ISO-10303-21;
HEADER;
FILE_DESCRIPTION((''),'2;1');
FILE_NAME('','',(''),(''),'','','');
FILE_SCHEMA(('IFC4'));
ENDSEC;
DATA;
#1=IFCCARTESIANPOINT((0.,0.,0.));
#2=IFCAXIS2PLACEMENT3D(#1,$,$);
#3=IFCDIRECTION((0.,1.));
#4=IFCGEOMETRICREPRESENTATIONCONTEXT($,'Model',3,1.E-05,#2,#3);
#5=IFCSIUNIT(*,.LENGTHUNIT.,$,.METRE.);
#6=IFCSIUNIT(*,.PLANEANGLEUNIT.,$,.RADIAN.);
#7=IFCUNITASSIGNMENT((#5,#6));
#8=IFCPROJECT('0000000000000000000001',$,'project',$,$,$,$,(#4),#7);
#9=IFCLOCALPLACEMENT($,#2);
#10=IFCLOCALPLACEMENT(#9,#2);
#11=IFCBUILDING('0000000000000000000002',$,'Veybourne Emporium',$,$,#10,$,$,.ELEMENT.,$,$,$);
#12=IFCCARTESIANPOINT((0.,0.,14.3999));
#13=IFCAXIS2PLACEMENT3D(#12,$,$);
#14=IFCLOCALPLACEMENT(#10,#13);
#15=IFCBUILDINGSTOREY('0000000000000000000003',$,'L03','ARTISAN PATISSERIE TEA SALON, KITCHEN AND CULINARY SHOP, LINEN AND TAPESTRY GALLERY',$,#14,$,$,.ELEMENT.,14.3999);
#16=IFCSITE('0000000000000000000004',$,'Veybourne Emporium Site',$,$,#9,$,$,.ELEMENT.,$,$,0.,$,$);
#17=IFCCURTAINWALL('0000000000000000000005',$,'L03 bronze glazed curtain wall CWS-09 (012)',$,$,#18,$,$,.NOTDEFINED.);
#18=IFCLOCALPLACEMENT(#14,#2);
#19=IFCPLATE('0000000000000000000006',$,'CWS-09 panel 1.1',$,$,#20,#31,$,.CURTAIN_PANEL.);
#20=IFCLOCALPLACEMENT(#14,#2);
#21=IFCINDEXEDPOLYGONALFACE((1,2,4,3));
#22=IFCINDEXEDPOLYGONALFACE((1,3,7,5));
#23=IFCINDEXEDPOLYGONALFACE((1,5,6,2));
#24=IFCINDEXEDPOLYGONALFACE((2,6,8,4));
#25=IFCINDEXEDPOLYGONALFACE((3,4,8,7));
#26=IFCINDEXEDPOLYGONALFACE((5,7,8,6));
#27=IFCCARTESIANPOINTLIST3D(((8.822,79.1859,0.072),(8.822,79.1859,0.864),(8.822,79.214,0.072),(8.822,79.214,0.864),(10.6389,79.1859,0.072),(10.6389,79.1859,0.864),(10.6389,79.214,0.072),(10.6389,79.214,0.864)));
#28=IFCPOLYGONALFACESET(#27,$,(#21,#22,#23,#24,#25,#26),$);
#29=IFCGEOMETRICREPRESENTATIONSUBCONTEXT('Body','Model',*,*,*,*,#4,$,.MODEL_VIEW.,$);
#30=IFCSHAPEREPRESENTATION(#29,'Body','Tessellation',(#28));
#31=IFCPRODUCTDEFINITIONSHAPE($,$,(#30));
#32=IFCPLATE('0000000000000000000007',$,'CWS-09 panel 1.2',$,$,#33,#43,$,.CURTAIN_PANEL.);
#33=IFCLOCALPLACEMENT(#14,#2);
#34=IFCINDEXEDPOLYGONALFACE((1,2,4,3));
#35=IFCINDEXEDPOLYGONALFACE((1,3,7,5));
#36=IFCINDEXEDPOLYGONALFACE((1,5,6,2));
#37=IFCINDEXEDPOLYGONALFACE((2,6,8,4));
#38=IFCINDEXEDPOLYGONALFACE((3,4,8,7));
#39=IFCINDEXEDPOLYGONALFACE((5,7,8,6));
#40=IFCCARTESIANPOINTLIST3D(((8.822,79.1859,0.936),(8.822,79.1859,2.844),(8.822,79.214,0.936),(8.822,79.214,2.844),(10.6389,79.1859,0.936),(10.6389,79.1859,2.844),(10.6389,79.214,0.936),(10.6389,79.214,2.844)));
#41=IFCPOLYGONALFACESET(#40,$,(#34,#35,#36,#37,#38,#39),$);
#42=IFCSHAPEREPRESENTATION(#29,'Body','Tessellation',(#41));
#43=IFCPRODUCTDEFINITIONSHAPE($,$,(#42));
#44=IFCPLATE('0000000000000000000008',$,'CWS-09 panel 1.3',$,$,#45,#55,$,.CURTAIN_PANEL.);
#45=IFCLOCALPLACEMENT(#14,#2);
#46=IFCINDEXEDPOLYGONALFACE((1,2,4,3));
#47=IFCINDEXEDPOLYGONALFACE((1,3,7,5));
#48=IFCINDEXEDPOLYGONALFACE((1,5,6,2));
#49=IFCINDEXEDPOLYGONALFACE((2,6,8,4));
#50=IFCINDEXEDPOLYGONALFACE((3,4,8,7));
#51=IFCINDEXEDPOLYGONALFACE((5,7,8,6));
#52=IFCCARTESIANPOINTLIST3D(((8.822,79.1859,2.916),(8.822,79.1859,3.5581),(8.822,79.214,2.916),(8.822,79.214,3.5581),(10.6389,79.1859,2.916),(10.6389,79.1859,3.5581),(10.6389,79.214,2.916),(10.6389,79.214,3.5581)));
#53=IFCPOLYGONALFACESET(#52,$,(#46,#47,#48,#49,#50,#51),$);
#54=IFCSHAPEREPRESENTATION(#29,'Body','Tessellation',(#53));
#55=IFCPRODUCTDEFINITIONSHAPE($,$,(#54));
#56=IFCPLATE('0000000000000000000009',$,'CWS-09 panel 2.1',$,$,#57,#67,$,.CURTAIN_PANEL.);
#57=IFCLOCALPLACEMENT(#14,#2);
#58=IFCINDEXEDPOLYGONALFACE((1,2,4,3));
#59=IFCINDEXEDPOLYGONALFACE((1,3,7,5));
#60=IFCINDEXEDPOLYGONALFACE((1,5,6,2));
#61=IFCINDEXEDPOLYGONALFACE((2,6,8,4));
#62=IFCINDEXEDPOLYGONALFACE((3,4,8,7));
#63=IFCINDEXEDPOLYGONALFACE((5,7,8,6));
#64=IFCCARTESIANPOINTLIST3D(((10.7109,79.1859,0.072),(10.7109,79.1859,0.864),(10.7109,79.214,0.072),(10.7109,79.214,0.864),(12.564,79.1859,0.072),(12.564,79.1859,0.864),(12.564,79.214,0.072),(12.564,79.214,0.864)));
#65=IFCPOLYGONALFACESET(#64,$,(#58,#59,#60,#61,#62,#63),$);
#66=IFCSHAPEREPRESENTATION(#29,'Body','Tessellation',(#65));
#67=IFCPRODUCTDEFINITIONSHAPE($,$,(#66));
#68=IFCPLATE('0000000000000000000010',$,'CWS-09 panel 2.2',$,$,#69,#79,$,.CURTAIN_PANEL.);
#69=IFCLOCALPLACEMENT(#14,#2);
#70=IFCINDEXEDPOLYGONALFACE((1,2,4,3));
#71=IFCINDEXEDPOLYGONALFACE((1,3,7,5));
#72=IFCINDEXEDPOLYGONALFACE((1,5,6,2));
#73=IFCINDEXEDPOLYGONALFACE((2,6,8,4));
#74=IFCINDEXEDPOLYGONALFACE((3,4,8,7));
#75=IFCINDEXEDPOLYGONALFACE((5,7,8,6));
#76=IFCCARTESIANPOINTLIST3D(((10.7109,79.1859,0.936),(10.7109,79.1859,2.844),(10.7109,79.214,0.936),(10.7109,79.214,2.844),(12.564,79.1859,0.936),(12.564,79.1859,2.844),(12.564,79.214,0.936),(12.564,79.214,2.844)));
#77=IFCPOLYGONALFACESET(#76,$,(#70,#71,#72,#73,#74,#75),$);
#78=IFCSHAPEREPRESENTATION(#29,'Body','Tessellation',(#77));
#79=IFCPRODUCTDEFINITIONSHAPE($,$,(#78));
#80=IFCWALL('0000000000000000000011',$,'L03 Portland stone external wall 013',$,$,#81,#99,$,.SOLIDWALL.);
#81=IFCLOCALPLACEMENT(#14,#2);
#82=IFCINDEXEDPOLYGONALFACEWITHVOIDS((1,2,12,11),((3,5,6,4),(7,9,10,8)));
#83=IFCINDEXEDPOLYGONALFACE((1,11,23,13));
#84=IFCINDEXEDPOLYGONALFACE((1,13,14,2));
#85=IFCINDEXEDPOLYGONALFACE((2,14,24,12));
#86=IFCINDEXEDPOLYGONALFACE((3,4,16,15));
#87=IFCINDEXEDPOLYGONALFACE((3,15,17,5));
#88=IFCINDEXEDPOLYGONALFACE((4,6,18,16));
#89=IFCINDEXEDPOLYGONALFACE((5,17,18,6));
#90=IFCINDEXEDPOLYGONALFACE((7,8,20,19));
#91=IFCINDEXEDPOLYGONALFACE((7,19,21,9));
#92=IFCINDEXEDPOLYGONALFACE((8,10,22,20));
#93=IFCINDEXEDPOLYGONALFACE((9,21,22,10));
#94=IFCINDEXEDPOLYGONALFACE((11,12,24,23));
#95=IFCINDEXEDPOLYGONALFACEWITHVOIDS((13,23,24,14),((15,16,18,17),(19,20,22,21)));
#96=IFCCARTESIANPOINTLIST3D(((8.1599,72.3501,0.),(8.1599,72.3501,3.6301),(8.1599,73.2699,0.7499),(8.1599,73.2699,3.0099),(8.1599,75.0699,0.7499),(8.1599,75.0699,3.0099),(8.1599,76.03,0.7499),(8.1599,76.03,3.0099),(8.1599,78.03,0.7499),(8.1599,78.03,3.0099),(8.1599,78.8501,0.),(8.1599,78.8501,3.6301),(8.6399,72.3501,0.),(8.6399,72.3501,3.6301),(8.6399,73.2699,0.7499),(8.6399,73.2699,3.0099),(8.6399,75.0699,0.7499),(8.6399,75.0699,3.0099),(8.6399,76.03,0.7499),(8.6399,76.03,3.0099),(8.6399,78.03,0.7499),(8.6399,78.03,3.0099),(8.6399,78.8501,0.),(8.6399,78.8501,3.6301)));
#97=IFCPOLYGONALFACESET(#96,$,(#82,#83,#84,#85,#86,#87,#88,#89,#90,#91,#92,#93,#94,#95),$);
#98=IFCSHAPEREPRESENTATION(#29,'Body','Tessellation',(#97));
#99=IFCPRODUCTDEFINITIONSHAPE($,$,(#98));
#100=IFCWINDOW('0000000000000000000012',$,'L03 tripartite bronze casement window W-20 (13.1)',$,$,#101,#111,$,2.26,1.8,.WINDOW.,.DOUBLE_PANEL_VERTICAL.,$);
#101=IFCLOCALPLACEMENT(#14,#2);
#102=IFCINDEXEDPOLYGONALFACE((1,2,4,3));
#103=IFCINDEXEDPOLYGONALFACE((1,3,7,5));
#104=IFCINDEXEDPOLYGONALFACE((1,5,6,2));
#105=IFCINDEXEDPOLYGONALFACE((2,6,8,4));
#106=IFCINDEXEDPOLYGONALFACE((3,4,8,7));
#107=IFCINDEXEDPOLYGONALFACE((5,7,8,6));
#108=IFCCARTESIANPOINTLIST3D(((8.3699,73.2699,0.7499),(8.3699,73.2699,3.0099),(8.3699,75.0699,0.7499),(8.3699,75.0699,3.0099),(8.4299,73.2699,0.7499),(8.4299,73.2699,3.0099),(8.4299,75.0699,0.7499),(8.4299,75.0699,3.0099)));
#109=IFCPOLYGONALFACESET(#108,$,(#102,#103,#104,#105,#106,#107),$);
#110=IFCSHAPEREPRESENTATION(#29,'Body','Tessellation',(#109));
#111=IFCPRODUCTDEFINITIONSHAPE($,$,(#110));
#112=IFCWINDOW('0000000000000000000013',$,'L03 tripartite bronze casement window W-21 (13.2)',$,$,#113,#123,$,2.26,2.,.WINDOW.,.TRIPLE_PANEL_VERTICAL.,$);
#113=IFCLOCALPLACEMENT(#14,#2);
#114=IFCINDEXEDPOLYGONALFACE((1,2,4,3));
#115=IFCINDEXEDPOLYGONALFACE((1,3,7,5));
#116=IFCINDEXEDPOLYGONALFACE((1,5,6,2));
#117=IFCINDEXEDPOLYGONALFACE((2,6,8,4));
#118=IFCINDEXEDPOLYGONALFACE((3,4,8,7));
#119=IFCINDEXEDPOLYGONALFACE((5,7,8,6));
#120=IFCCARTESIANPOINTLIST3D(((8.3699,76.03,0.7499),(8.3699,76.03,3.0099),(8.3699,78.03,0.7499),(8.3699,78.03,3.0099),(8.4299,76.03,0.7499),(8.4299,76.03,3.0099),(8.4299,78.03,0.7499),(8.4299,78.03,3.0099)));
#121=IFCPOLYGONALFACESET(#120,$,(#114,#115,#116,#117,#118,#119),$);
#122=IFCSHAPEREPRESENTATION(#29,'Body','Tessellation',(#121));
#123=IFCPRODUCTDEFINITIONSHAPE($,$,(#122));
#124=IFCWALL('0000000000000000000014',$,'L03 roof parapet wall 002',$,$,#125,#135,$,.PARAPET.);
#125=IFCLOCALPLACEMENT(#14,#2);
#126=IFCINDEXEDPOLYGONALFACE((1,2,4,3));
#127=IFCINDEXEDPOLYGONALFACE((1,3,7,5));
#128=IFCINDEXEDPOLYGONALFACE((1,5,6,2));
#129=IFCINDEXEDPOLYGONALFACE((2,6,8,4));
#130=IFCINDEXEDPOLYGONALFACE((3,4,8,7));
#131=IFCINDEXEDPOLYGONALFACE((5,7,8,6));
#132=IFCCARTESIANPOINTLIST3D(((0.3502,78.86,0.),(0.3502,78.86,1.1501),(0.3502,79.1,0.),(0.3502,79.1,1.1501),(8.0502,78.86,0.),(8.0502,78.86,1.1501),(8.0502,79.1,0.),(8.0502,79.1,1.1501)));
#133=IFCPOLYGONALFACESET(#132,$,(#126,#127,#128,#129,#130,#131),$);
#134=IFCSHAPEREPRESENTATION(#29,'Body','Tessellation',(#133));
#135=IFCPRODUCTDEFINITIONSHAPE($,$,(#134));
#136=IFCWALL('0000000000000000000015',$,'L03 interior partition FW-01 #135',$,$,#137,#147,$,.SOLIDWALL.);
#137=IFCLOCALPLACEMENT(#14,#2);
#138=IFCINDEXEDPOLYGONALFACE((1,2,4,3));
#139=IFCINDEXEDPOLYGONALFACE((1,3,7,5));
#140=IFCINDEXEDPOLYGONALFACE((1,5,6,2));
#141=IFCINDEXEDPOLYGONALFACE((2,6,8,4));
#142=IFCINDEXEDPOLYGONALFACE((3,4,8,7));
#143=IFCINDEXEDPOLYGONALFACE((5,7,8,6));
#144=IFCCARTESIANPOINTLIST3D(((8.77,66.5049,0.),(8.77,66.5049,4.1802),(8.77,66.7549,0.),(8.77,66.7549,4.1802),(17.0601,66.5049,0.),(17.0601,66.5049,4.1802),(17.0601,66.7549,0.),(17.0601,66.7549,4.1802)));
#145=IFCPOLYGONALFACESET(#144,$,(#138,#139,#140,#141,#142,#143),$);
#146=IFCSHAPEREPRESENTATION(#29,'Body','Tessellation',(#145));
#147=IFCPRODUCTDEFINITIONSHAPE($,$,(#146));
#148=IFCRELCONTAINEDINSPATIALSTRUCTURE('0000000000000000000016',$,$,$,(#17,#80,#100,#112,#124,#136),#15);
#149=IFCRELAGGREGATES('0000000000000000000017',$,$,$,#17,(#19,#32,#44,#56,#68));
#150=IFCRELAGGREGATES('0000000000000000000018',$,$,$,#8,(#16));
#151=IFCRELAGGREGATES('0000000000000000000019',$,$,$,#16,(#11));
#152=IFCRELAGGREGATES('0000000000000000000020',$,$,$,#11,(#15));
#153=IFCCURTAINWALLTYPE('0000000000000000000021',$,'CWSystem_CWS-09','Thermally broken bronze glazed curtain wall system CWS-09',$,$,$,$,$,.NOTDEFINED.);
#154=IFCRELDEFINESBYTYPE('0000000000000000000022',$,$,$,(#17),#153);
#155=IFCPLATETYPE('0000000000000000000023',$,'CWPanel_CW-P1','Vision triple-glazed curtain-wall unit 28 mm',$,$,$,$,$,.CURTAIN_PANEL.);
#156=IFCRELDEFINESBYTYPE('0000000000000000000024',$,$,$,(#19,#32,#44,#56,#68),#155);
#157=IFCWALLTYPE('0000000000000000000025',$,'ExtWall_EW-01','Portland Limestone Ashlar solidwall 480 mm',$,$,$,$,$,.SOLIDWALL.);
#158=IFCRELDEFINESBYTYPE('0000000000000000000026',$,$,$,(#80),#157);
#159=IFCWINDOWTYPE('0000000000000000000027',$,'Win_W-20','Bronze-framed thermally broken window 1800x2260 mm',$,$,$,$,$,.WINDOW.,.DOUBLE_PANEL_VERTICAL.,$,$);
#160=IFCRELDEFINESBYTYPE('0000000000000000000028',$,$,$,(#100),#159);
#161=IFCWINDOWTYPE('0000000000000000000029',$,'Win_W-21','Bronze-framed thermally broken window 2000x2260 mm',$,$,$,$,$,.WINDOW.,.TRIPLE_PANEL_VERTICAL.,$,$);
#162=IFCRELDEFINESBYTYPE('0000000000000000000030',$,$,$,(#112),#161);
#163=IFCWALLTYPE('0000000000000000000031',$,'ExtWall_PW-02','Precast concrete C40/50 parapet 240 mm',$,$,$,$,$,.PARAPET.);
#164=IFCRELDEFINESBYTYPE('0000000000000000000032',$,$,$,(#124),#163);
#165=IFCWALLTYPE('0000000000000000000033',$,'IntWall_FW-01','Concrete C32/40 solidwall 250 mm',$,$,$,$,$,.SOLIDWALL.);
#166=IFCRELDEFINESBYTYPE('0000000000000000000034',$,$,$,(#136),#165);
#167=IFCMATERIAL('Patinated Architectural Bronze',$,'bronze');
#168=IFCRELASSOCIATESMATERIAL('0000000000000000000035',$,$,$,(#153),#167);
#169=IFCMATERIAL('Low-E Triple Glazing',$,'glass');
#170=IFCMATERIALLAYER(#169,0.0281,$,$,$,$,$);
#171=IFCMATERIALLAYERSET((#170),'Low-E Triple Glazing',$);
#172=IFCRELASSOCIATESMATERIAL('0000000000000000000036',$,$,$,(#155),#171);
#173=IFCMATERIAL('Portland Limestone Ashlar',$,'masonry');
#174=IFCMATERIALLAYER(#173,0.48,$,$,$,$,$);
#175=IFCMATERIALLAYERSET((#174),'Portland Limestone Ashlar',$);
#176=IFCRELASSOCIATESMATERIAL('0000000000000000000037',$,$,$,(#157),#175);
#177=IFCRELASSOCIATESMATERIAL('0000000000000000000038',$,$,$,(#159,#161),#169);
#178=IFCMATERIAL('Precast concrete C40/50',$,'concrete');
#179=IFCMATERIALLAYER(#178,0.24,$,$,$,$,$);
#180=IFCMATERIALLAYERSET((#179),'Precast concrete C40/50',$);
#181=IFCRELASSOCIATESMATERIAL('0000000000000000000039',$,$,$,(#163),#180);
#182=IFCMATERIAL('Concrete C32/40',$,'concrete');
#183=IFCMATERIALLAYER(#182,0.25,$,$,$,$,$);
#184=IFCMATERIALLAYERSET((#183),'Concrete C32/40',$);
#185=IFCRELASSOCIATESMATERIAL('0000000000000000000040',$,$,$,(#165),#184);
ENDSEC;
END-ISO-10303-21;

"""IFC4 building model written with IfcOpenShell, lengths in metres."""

from ifc_helpers import new_model, si_unit, direction, frame, frame_2d, origin, origin_2d, place, context, subcontext, project, spatial, rectangle, extrude, material, layer, layer_set, type_object, element, fill, aggregate, save


model = new_model("IFC4")

# Units and contexts
model_context = context("Model", 3, precision=1e-05, world=origin(), true_north=direction((0.0, 1.0)))
body_context = subcontext(model_context, "Body", "Model", "MODEL_VIEW")
ifc_project = project(units=[si_unit("LENGTHUNIT", "METRE"), si_unit("PLANEANGLEUNIT", "RADIAN")], contexts=[model_context])

# Site, building, storey
site_placement = place(None, origin())
site = spatial("IfcSite", under=ifc_project, at=site_placement, Name="Veybourne Emporium Site", CompositionType="ELEMENT", RefElevation=0.0)
building_placement = place(site_placement, origin())
building = spatial("IfcBuilding", under=site, at=building_placement, Name="Veybourne Emporium", CompositionType="ELEMENT")
storey_placement = place(building_placement, frame((0.0, 0.0, 14.3999)))
storey = spatial("IfcBuildingStorey", under=building, at=storey_placement, Name="L03", Description="ARTISAN PATISSERIE TEA SALON, KITCHEN AND CULINARY SHOP, LINEN AND TAPESTRY GALLERY", CompositionType="ELEMENT", Elevation=14.3999)

# Curtain wall
ifc_material_1 = material(Name="Patinated Architectural Bronze", Category="bronze")
curtain_wall_type = type_object("IfcCurtainWallType", Name="CWSystem_CWS-09", Description="Thermally broken bronze glazed curtain wall system CWS-09", PredefinedType="NOTDEFINED", material=ifc_material_1)
curtain_wall_placement = place(storey_placement, origin())
curtain_wall = element("IfcCurtainWall", 1, at=curtain_wall_placement, inside=storey, type_object=curtain_wall_type, Name="L03 bronze glazed curtain wall CWS-09 (012)", PredefinedType="NOTDEFINED")

# Shared definitions
ifc_material_2 = material(Name="Concrete C32/40", Category="concrete")

# Plates
ifc_material_3 = material(Name="Low-E Triple Glazing", Category="glass")
ifc_layer_1 = layer(ifc_material_3, 0.0281)
ifc_layer_set_1 = layer_set([ifc_layer_1], Name="Low-E Triple Glazing")
plate_type = type_object("IfcPlateType", Name="CWPanel_CW-P1", Description="Vision triple-glazed curtain-wall unit 28 mm", PredefinedType="CURTAIN_PANEL", material=ifc_layer_set_1)
plate_1_placement = place(storey_placement, frame((9.7305, 79.2, 0.072), z_axis=(0.0, 0.0, 1.0), x_axis=(1.0, 0.0, 0.0)))
plate_1 = element("IfcPlate", 2, at=plate_1_placement, type_object=plate_type, Name="CWS-09 panel 1.1", PredefinedType="CURTAIN_PANEL", context=body_context, shape_type="SweptSolid", body=[
    extrude(rectangle(XDim=1.8169, YDim=0.0281, at=origin_2d()), origin(), (0.0, 0.0, 1.0), 0.792),
])
plate_2_placement = place(storey_placement, frame((9.7305, 79.2, 0.936), z_axis=(0.0, 0.0, 1.0), x_axis=(1.0, 0.0, 0.0)))
plate_2 = element("IfcPlate", 3, at=plate_2_placement, type_object=plate_type, Name="CWS-09 panel 1.2", PredefinedType="CURTAIN_PANEL", context=body_context, shape_type="SweptSolid", body=[
    extrude(rectangle(XDim=1.8169, YDim=0.0281, at=origin_2d()), origin(), (0.0, 0.0, 1.0), 1.908),
])
plate_3_placement = place(storey_placement, frame((9.7305, 79.2, 2.916), z_axis=(0.0, 0.0, 1.0), x_axis=(1.0, 0.0, 0.0)))
plate_3 = element("IfcPlate", 4, at=plate_3_placement, type_object=plate_type, Name="CWS-09 panel 1.3", PredefinedType="CURTAIN_PANEL", context=body_context, shape_type="SweptSolid", body=[
    extrude(rectangle(XDim=1.8169, YDim=0.0281, at=origin_2d()), origin(), (0.0, 0.0, 1.0), 0.6421),
])
plate_4_placement = place(storey_placement, frame((11.6375, 79.2, 0.072), z_axis=(0.0, 0.0, 1.0), x_axis=(1.0, 0.0, 0.0)))
plate_4 = element("IfcPlate", 5, at=plate_4_placement, type_object=plate_type, Name="CWS-09 panel 2.1", PredefinedType="CURTAIN_PANEL", context=body_context, shape_type="SweptSolid", body=[
    extrude(rectangle(XDim=1.853, YDim=0.0281, at=origin_2d()), origin(), (0.0, 0.0, 1.0), 0.792),
])
plate_5_placement = place(storey_placement, frame((11.6375, 79.2, 0.936), z_axis=(0.0, 0.0, 1.0), x_axis=(1.0, 0.0, 0.0)))
plate_5 = element("IfcPlate", 6, at=plate_5_placement, type_object=plate_type, Name="CWS-09 panel 2.2", PredefinedType="CURTAIN_PANEL", context=body_context, shape_type="SweptSolid", body=[
    extrude(rectangle(XDim=1.853, YDim=0.0281, at=origin_2d()), origin(), (0.0, 0.0, 1.0), 1.908),
])
aggregate(curtain_wall, [plate_1, plate_2, plate_3, plate_4, plate_5])

# Wall, openings, windows
ifc_material_4 = material(Name="Portland Limestone Ashlar", Category="masonry")
ifc_layer_2 = layer(ifc_material_4, 0.48)
ifc_layer_set_2 = layer_set([ifc_layer_2], Name="Portland Limestone Ashlar")
wall_type_1 = type_object("IfcWallType", Name="ExtWall_EW-01", Description="Portland Limestone Ashlar solidwall 480 mm", PredefinedType="SOLIDWALL", material=ifc_layer_set_2)
wall_1_placement = place(storey_placement, frame((8.3999, 72.3501, 0.0), z_axis=(0.0, 0.0, 1.0), x_axis=(0.0, 1.0, 0.0)))
wall_1 = element("IfcWall", 7, at=wall_1_placement, inside=storey, type_object=wall_type_1, Name="L03 Portland stone external wall 013", PredefinedType="SOLIDWALL", context=body_context, shape_type="SweptSolid", body=[
    extrude(rectangle(XDim=6.5, YDim=0.48, at=frame_2d((3.25, 0.0))), origin(), (0.0, 0.0, 1.0), 3.6301),
])
opening_1_placement = place(wall_1_placement, frame((0.9199, 0.0, 0.75)))
opening_1 = element("IfcOpeningElement", 8, at=opening_1_placement, cuts=wall_1, PredefinedType="OPENING", context=body_context, shape_type="SweptSolid", body=[
    extrude(rectangle(XDim=1.8, YDim=2.26, at=frame_2d((0.8999, 1.1299))), frame((0.0, 0.26, 0.0), z_axis=(0.0, -1.0, 0.0), x_axis=(1.0, 0.0, 0.0)), (0.0, 0.0, 1.0), 0.52),
])
opening_2_placement = place(wall_1_placement, frame((3.6799, 0.0, 0.75)))
opening_2 = element("IfcOpeningElement", 9, at=opening_2_placement, cuts=wall_1, PredefinedType="OPENING", context=body_context, shape_type="SweptSolid", body=[
    extrude(rectangle(XDim=2.0, YDim=2.26, at=frame_2d((1.0, 1.1299))), frame((0.0, 0.26, 0.0), z_axis=(0.0, -1.0, 0.0), x_axis=(1.0, 0.0, 0.0)), (0.0, 0.0, 1.0), 0.52),
])
window_type_1 = type_object("IfcWindowType", Name="Win_W-20", Description="Bronze-framed thermally broken window 1800x2260 mm", PartitioningType="DOUBLE_PANEL_VERTICAL", PredefinedType="WINDOW", material=ifc_material_3)
window_1_placement = place(opening_1_placement, origin())
window_1 = element("IfcWindow", 10, at=window_1_placement, inside=storey, type_object=window_type_1, Name="L03 tripartite bronze casement window W-20 (13.1)", OverallHeight=2.26, OverallWidth=1.8, PartitioningType="DOUBLE_PANEL_VERTICAL", PredefinedType="WINDOW", context=body_context, shape_type="SweptSolid", body=[
    extrude(rectangle(XDim=1.8, YDim=2.26, at=frame_2d((0.8999, 1.1299))), frame((0.0, 0.03, 0.0), z_axis=(0.0, -1.0, 0.0), x_axis=(1.0, 0.0, 0.0)), (0.0, 0.0, 1.0), 0.0601),
])
fill(opening_1, window_1)
window_type_2 = type_object("IfcWindowType", Name="Win_W-21", Description="Bronze-framed thermally broken window 2000x2260 mm", PartitioningType="TRIPLE_PANEL_VERTICAL", PredefinedType="WINDOW", material=ifc_material_3)
window_2_placement = place(opening_2_placement, origin())
window_2 = element("IfcWindow", 11, at=window_2_placement, inside=storey, type_object=window_type_2, Name="L03 tripartite bronze casement window W-21 (13.2)", OverallHeight=2.26, OverallWidth=2.0, PartitioningType="TRIPLE_PANEL_VERTICAL", PredefinedType="WINDOW", context=body_context, shape_type="SweptSolid", body=[
    extrude(rectangle(XDim=2.0, YDim=2.26, at=frame_2d((1.0, 1.1299))), frame((0.0, 0.03, 0.0), z_axis=(0.0, -1.0, 0.0), x_axis=(1.0, 0.0, 0.0)), (0.0, 0.0, 1.0), 0.0601),
])
fill(opening_2, window_2)

# Walls
ifc_material_5 = material(Name="Precast concrete C40/50", Category="concrete")
ifc_layer_3 = layer(ifc_material_5, 0.24)
ifc_layer_set_3 = layer_set([ifc_layer_3], Name="Precast concrete C40/50")
wall_type_2 = type_object("IfcWallType", Name="ExtWall_PW-02", Description="Precast concrete C40/50 parapet 240 mm", PredefinedType="PARAPET", material=ifc_layer_set_3)
wall_2_placement = place(storey_placement, frame((0.3501, 78.98, 0.0), z_axis=(0.0, 0.0, 1.0), x_axis=(1.0, 0.0, 0.0)))
element("IfcWall", 12, at=wall_2_placement, inside=storey, type_object=wall_type_2, Name="L03 roof parapet wall 002", PredefinedType="PARAPET", context=body_context, shape_type="SweptSolid", body=[
    extrude(rectangle(XDim=7.7, YDim=0.24, at=frame_2d((3.8501, 0.0))), origin(), (0.0, 0.0, 1.0), 1.1501),
])
ifc_layer_4 = layer(ifc_material_2, 0.25)
ifc_layer_set_4 = layer_set([ifc_layer_4], Name="Concrete C32/40")
wall_type_3 = type_object("IfcWallType", Name="IntWall_FW-01", Description="Concrete C32/40 solidwall 250 mm", PredefinedType="SOLIDWALL", material=ifc_layer_set_4)
wall_3_placement = place(storey_placement, frame((8.77, 66.6299, 0.0), z_axis=(0.0, 0.0, 1.0), x_axis=(1.0, 0.0, 0.0)))
element("IfcWall", 13, at=wall_3_placement, inside=storey, type_object=wall_type_3, Name="L03 interior partition FW-01 #135", PredefinedType="SOLIDWALL", context=body_context, shape_type="SweptSolid", body=[
    extrude(rectangle(XDim=8.29, YDim=0.25, at=frame_2d((4.145, 0.0))), origin(), (0.0, 0.0, 1.0), 4.1802),
])

save(model, "model.ifc")
